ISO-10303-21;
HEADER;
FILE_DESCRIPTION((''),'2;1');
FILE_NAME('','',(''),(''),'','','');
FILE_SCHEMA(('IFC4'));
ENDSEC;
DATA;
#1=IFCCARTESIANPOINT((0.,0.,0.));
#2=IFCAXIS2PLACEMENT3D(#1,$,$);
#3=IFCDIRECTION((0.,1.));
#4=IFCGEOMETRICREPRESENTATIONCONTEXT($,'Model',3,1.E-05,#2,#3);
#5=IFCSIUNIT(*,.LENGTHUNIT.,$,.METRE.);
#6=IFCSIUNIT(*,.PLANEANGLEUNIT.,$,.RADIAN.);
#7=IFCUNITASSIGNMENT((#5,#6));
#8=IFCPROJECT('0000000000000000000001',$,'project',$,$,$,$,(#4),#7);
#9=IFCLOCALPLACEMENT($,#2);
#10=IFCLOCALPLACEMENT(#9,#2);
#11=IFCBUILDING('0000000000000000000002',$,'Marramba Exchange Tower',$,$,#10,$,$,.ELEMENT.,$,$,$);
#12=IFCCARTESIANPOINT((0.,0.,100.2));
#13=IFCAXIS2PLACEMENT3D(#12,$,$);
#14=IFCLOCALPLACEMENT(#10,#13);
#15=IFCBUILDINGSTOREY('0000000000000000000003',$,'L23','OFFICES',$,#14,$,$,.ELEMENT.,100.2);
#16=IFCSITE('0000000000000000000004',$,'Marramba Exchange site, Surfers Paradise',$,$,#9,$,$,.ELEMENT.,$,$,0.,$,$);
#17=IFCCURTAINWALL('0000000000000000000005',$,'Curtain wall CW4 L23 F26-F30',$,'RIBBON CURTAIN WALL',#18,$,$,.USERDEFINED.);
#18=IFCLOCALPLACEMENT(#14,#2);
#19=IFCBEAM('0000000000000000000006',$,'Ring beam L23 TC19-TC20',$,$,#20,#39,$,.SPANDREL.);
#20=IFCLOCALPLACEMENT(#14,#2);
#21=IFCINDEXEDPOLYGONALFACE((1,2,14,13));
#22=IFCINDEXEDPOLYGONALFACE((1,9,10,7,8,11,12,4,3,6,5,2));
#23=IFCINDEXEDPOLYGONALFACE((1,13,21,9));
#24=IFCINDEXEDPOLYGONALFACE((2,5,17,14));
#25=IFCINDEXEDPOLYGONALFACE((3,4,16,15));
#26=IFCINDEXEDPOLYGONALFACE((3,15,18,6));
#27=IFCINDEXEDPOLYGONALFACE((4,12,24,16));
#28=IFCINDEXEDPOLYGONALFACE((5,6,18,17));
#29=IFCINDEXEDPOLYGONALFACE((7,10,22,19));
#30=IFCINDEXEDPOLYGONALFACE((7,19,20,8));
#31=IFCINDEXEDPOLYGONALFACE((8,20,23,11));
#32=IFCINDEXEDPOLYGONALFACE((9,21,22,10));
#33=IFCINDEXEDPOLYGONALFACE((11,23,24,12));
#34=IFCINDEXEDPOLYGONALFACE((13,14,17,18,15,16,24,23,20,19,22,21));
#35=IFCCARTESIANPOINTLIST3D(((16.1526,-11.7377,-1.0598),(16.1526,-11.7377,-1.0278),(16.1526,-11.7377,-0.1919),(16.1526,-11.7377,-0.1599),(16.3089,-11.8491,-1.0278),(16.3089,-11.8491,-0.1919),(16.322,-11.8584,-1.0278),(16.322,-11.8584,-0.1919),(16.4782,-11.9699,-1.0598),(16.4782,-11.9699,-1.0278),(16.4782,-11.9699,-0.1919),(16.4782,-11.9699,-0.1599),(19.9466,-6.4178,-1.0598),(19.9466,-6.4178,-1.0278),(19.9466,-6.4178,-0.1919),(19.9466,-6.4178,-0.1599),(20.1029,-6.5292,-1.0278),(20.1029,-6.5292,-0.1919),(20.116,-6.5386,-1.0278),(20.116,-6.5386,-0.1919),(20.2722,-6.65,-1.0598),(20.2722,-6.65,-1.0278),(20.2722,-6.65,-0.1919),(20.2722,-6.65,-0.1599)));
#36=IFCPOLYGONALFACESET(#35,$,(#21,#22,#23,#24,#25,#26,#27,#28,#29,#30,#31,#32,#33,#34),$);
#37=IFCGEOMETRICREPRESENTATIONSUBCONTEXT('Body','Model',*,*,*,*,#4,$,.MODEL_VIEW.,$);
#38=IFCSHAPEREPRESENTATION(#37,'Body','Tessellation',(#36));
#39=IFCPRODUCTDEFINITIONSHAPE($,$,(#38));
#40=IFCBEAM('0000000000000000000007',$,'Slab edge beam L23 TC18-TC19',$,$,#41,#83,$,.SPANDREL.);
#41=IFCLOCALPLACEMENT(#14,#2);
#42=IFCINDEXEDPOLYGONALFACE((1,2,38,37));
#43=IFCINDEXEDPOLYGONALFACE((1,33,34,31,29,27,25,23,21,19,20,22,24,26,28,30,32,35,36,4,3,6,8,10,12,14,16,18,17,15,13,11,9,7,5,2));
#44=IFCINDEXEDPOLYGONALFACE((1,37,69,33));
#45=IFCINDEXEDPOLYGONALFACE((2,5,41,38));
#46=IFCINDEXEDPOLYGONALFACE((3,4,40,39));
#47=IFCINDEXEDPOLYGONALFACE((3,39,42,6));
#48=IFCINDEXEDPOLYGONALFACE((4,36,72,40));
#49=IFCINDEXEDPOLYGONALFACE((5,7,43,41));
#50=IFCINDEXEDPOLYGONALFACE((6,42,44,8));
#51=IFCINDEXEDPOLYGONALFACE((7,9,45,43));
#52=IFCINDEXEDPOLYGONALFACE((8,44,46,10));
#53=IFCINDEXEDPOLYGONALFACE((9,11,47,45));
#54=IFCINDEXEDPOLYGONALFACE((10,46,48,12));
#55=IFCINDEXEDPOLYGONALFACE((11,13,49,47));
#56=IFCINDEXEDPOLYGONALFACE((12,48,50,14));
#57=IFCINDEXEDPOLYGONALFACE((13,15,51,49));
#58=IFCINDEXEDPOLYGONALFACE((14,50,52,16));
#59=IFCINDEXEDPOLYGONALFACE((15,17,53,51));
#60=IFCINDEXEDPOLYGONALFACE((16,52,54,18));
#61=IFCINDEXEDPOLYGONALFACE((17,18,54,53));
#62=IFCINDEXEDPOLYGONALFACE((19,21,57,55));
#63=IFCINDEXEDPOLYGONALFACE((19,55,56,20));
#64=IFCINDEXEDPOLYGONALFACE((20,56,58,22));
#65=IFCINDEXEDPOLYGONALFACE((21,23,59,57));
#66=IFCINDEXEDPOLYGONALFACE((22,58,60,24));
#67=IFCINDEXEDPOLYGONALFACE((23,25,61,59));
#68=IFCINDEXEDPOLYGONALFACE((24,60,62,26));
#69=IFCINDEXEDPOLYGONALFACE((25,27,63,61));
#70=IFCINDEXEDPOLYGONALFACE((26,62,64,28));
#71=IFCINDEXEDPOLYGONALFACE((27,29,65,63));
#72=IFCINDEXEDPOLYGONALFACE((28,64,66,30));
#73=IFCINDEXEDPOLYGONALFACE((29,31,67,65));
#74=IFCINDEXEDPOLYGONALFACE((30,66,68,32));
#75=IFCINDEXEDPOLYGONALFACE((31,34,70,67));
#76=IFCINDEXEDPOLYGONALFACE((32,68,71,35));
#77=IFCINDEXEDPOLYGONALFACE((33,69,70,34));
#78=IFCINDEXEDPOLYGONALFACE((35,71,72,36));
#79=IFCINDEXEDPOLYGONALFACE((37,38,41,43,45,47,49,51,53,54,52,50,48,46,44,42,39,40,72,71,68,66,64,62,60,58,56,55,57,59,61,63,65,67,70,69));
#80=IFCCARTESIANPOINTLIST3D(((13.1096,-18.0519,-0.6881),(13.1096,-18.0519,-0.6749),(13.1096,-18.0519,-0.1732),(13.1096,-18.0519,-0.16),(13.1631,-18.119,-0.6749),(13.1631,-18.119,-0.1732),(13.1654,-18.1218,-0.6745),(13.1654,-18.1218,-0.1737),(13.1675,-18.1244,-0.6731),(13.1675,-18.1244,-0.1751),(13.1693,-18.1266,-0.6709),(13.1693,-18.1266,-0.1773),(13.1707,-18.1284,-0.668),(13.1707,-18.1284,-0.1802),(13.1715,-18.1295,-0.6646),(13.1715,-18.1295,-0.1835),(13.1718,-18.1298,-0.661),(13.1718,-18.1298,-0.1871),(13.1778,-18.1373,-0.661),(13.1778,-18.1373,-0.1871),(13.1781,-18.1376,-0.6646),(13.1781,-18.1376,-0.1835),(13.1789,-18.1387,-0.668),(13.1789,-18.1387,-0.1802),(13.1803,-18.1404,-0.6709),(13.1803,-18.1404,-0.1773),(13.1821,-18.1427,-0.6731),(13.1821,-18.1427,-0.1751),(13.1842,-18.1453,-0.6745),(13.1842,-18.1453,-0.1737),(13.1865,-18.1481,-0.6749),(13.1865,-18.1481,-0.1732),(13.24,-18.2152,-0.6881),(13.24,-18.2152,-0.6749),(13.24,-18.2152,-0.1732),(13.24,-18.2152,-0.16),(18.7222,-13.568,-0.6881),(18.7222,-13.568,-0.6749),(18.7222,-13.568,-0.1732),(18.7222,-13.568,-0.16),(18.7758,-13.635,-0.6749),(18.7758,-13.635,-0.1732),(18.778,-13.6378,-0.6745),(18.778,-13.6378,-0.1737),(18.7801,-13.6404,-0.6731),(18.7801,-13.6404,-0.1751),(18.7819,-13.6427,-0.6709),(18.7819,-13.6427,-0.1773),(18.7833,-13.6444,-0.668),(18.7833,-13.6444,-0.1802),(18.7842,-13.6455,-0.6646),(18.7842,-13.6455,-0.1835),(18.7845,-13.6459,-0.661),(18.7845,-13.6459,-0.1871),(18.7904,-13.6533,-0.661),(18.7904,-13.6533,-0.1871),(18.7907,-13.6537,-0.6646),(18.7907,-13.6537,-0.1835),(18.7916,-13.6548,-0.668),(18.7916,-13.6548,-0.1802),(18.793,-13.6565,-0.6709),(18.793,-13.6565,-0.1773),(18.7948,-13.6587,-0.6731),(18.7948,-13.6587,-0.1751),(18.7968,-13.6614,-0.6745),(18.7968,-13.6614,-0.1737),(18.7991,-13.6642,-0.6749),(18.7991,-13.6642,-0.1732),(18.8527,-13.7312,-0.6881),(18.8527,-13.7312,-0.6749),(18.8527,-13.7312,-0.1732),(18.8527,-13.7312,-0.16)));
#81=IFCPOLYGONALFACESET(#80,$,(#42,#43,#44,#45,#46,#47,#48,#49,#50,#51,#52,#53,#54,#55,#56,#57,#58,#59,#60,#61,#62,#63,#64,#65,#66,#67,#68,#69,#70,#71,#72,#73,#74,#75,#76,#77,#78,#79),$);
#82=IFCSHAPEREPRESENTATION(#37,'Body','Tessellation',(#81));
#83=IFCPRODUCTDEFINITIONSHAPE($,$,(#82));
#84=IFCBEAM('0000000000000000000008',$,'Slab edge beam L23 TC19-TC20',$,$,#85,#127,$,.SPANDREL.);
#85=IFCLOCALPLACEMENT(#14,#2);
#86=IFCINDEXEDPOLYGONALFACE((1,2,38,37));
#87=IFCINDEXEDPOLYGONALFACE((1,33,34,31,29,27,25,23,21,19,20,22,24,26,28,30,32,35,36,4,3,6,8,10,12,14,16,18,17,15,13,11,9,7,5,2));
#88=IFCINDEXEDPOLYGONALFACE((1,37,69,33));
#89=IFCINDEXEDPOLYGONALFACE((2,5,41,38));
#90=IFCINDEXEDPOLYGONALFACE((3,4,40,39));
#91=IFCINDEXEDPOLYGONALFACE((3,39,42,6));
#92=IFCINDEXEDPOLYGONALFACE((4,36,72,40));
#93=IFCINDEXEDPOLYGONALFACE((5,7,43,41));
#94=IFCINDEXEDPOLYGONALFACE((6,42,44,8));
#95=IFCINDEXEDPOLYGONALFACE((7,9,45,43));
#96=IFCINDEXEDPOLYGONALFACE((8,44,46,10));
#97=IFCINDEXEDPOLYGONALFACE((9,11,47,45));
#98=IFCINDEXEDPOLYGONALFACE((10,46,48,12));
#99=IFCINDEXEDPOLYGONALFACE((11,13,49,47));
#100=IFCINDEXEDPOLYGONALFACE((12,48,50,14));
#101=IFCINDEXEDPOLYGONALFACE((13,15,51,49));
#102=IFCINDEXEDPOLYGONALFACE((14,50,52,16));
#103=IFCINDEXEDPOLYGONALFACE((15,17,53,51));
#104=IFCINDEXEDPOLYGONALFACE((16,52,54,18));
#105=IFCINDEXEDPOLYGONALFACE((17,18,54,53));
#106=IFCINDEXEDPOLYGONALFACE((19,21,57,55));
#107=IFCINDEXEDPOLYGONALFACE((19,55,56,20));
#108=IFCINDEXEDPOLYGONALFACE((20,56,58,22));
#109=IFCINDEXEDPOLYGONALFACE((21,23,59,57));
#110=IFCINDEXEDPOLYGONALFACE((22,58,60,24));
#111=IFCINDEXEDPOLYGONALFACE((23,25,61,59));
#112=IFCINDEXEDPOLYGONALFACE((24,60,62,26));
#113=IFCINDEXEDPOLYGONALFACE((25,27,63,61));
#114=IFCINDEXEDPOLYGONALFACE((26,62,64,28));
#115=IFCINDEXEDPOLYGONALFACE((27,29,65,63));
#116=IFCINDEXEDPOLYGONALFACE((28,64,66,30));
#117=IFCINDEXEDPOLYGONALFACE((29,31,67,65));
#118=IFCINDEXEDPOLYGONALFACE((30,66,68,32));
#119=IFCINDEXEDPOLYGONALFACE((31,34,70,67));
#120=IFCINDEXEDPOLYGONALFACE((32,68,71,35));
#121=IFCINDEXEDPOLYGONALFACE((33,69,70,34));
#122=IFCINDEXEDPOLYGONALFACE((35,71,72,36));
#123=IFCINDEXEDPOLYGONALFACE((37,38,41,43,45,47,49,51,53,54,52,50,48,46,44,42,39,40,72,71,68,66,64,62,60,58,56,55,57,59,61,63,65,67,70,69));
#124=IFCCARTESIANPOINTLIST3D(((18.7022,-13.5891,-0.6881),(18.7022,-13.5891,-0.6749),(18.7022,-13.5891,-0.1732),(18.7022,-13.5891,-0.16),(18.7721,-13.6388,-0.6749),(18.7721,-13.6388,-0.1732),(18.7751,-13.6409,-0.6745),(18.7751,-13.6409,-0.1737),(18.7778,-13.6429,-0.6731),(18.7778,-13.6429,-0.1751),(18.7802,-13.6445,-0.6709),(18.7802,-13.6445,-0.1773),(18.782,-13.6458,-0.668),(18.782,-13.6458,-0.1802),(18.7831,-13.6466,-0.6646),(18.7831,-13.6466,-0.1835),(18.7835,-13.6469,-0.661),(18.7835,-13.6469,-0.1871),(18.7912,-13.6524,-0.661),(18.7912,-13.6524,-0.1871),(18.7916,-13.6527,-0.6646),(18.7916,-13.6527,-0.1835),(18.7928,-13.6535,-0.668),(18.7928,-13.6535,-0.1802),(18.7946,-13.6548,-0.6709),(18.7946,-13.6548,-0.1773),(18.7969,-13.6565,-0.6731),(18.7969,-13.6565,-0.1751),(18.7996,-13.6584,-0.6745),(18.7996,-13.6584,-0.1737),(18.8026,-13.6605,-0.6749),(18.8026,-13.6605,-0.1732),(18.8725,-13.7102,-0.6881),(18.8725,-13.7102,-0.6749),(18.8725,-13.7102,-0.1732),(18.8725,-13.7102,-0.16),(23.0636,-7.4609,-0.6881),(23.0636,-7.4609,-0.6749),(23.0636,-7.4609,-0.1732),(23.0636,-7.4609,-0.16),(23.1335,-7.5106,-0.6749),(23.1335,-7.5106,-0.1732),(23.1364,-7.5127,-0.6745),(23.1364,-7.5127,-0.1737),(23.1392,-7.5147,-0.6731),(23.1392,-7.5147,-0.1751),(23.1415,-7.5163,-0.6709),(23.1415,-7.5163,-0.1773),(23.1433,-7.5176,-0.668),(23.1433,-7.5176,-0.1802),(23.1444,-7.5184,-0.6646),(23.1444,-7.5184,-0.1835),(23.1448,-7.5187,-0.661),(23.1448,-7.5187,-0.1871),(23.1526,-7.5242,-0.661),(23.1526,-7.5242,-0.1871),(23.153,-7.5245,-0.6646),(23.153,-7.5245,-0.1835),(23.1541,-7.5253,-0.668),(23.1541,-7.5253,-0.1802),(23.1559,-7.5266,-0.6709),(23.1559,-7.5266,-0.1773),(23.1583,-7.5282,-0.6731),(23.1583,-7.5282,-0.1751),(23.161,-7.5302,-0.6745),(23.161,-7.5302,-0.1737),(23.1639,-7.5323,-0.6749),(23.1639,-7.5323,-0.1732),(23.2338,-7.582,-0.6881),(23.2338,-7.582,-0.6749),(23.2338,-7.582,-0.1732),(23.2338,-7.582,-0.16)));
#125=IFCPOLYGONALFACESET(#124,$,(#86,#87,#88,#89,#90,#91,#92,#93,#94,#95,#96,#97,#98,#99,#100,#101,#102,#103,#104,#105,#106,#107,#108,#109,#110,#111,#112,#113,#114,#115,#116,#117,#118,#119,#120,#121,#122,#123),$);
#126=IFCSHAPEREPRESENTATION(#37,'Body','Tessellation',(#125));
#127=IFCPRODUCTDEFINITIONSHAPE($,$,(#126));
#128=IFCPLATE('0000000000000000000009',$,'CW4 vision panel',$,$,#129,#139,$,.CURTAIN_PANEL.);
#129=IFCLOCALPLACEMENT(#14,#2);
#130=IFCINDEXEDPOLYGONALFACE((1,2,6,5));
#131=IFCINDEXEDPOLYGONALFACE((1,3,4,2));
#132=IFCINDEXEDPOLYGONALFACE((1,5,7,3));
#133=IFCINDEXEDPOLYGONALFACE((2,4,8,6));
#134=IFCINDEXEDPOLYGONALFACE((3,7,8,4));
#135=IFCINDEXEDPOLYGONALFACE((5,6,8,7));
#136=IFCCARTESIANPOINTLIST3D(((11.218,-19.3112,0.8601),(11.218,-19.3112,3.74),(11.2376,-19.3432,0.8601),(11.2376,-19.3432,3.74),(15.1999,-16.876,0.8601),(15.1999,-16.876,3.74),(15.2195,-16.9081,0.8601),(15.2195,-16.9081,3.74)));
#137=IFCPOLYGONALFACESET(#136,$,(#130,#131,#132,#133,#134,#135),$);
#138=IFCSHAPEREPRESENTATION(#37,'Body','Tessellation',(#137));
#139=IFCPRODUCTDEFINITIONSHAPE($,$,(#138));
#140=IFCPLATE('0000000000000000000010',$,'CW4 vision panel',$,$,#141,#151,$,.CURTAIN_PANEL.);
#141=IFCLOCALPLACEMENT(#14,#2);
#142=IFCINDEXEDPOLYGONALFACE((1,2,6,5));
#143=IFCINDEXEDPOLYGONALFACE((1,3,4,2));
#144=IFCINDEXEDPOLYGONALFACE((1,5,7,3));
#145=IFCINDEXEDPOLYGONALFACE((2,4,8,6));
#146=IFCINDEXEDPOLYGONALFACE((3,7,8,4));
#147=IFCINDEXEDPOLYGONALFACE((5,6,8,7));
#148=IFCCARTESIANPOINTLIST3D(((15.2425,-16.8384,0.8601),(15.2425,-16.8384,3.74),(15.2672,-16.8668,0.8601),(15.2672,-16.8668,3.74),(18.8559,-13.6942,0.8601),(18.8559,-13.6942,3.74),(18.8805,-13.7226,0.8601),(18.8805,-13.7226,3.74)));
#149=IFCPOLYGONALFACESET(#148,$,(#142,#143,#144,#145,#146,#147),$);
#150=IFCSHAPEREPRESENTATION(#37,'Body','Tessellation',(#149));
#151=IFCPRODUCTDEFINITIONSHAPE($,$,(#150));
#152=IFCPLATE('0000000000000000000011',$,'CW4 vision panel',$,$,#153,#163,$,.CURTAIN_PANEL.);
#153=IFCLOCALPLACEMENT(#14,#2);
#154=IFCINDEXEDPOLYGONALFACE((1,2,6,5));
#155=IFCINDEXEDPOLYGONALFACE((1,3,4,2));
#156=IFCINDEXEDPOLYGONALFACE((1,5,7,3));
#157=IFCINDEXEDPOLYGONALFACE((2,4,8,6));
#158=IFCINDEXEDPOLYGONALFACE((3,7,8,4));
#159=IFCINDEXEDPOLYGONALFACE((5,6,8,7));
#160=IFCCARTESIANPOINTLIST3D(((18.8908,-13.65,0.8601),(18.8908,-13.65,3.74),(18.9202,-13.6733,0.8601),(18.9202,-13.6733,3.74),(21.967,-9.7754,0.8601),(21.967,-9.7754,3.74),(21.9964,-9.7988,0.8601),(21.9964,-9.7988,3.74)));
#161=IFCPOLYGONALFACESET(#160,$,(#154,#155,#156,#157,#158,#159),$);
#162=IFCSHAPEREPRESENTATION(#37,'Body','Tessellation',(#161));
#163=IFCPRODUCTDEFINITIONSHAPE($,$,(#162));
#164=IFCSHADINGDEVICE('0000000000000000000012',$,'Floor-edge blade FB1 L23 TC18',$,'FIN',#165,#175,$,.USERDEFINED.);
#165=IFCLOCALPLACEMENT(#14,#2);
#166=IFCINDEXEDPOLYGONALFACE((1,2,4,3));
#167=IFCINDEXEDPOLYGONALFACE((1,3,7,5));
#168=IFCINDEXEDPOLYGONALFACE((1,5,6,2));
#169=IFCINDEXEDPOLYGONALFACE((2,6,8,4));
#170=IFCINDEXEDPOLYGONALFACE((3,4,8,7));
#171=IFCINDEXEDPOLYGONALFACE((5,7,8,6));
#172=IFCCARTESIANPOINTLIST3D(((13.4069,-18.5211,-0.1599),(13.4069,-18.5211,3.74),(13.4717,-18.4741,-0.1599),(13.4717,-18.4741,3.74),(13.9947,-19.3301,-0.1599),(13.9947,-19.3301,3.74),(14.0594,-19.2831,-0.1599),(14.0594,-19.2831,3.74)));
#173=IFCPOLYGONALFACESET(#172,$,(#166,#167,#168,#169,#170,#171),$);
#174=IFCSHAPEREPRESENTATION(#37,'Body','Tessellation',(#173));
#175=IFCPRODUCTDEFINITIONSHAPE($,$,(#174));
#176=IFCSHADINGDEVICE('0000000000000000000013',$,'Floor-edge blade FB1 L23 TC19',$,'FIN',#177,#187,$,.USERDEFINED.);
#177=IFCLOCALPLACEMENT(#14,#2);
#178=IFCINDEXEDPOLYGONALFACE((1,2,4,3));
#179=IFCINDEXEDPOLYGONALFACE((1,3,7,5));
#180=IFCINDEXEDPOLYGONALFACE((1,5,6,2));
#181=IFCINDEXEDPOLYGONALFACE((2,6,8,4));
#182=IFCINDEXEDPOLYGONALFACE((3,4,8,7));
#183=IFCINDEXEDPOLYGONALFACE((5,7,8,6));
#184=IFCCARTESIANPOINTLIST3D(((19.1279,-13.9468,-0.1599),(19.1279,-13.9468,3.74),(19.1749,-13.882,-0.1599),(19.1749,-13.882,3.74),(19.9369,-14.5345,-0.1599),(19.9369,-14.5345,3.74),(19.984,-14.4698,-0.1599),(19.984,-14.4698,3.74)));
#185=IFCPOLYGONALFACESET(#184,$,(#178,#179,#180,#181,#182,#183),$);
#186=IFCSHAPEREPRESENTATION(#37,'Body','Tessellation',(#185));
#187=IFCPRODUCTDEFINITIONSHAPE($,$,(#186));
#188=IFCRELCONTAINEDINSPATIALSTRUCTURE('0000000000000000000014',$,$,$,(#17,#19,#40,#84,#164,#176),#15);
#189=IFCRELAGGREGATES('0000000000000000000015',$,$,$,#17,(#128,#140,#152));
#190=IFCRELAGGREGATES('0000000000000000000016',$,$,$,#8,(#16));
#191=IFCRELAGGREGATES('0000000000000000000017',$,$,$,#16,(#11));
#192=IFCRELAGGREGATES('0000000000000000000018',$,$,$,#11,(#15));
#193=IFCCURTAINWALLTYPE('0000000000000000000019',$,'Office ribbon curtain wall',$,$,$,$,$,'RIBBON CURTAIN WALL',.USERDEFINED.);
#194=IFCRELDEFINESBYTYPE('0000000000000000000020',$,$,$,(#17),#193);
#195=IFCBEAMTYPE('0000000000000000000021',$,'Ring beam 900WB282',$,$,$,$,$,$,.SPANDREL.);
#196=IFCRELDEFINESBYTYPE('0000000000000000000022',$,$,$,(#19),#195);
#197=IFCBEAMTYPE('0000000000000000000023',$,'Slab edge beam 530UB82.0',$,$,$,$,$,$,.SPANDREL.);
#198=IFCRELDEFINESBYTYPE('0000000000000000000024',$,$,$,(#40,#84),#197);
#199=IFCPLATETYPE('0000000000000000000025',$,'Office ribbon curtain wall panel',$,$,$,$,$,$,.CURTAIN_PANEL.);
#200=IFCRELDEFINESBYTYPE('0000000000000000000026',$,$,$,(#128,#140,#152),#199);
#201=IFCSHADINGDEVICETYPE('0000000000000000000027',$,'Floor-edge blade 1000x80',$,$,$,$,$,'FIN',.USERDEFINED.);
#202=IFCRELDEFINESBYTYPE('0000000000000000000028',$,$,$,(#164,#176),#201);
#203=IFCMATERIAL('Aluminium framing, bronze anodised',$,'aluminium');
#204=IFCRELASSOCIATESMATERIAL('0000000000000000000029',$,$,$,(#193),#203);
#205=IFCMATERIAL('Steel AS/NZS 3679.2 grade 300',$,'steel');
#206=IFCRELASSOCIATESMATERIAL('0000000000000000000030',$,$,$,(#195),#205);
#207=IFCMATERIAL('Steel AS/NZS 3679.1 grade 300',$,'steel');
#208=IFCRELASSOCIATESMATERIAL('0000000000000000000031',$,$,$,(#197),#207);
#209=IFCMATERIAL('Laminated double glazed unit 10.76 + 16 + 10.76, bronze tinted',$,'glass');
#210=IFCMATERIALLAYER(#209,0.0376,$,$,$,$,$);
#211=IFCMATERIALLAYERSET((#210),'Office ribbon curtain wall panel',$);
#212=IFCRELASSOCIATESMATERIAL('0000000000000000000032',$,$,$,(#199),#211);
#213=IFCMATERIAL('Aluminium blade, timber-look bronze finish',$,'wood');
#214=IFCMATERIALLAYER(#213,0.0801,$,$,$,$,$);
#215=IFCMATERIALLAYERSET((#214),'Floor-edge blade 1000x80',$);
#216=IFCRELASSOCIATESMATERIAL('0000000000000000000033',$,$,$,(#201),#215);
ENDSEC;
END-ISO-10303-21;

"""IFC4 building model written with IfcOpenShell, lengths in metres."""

from ifc_helpers import new_model, si_unit, direction, frame, origin, origin_2d, place, context, subcontext, project, spatial, rectangle, i_section, extrude, material, layer, layer_set, material_profile, profile_set, type_object, element, aggregate, save


model = new_model("IFC4")

# Units and contexts
model_context = context("Model", 3, precision=1e-05, world=origin(), true_north=direction((0.0, 1.0)))
body_context = subcontext(model_context, "Body", "Model", "MODEL_VIEW")
ifc_project = project(units=[si_unit("LENGTHUNIT", "METRE"), si_unit("PLANEANGLEUNIT", "RADIAN")], contexts=[model_context])

# Site, building, storey
site_placement = place(None, origin())
site = spatial("IfcSite", under=ifc_project, at=site_placement, Name="Marramba Exchange site, Surfers Paradise", CompositionType="ELEMENT", RefElevation=0.0)
building_placement = place(site_placement, origin())
building = spatial("IfcBuilding", under=site, at=building_placement, Name="Marramba Exchange Tower", CompositionType="ELEMENT")
storey_placement = place(building_placement, frame((0.0, 0.0, 100.2)))
storey = spatial("IfcBuildingStorey", under=building, at=storey_placement, Name="L23", Description="OFFICES", CompositionType="ELEMENT", Elevation=100.2)

# Shared definitions
ifc_material_1 = material(Name="Steel AS/NZS 3679.2 grade 300", Category="steel")

# Curtain wall
ifc_material_2 = material(Name="Aluminium framing, bronze anodised", Category="aluminium")
curtain_wall_type = type_object("IfcCurtainWallType", Name="Office ribbon curtain wall", ElementType="RIBBON CURTAIN WALL", PredefinedType="USERDEFINED", material=ifc_material_2)
curtain_wall_placement = place(storey_placement, origin())
curtain_wall = element("IfcCurtainWall", 1, at=curtain_wall_placement, inside=storey, type_object=curtain_wall_type, Name="Curtain wall CW4 L23 F26-F30", ObjectType="RIBBON CURTAIN WALL", PredefinedType="USERDEFINED")

# Beams
ifc_material_profile_1 = material_profile(ifc_material_1, i_section(OverallWidth=0.3999, OverallDepth=0.8999, WebThickness=0.0161, FlangeThickness=0.032, at=origin_2d()), Name="900WB282")
ifc_profile_set_1 = profile_set([ifc_material_profile_1], Name="Steel AS/NZS 3679.2 grade 300")
beam_type_1 = type_object("IfcBeamType", Name="Ring beam 900WB282", PredefinedType="SPANDREL", material=ifc_profile_set_1)
beam_1_placement = place(storey_placement, frame((16.3154, -11.8538, -0.6099), z_axis=(0.580637, 0.814162, 0.0), x_axis=(-0.814162, 0.580637, 0.0)))
element("IfcBeam", 2, at=beam_1_placement, inside=storey, type_object=beam_type_1, Name="Ring beam L23 TC19-TC20", PredefinedType="SPANDREL", context=body_context, shape_type="SweptSolid", body=[
    extrude(i_section(OverallWidth=0.3999, OverallDepth=0.8999, WebThickness=0.0161, FlangeThickness=0.032, at=origin_2d()), origin(), (0.0, 0.0, 1.0), 6.5342),
])
ifc_material_3 = material(Name="Steel AS/NZS 3679.1 grade 300", Category="steel")
ifc_material_profile_2 = material_profile(ifc_material_3, i_section(OverallWidth=0.209, OverallDepth=0.5281, WebThickness=0.0095, FlangeThickness=0.0132, FilletRadius=0.0139, at=origin_2d()), Name="530UB82.0")
ifc_profile_set_2 = profile_set([ifc_material_profile_2], Name="Steel AS/NZS 3679.1 grade 300")
beam_type_2 = type_object("IfcBeamType", Name="Slab edge beam 530UB82.0", PredefinedType="SPANDREL", material=ifc_profile_set_2)
beam_2_placement = place(storey_placement, frame((13.1748, -18.1335, -0.4241), z_axis=(0.781286, 0.624173, 0.0), x_axis=(-0.624173, 0.781286, 0.0)))
element("IfcBeam", 3, at=beam_2_placement, inside=storey, type_object=beam_type_2, Name="Slab edge beam L23 TC18-TC19", PredefinedType="SPANDREL", context=body_context, shape_type="SweptSolid", body=[
    extrude(i_section(OverallWidth=0.209, OverallDepth=0.5281, WebThickness=0.0095, FlangeThickness=0.0132, FilletRadius=0.0139, at=origin_2d()), origin(), (0.0, 0.0, 1.0), 7.1838),
])
beam_3_placement = place(storey_placement, frame((18.7874, -13.6497, -0.4241), z_axis=(0.579834, 0.814735, 0.0), x_axis=(-0.814735, 0.579834, 0.0)))
element("IfcBeam", 4, at=beam_3_placement, inside=storey, type_object=beam_type_2, Name="Slab edge beam L23 TC19-TC20", PredefinedType="SPANDREL", context=body_context, shape_type="SweptSolid", body=[
    extrude(i_section(OverallWidth=0.209, OverallDepth=0.5281, WebThickness=0.0095, FlangeThickness=0.0132, FilletRadius=0.0139, at=origin_2d()), origin(), (0.0, 0.0, 1.0), 7.5217),
])

# Plates
ifc_material_4 = material(Name="Laminated double glazed unit 10.76 + 16 + 10.76, bronze tinted", Category="glass")
ifc_layer_1 = layer(ifc_material_4, 0.0376)
ifc_layer_set_1 = layer_set([ifc_layer_1], Name="Office ribbon curtain wall panel")
plate_type = type_object("IfcPlateType", Name="Office ribbon curtain wall panel", PredefinedType="CURTAIN_PANEL", material=ifc_layer_set_1)
plate_1_placement = place(storey_placement, frame((13.2188, -18.1096, 0.8601), z_axis=(0.0, 0.0, 1.0), x_axis=(0.853109, 0.521733, 0.0)))
plate_1 = element("IfcPlate", 5, at=plate_1_placement, type_object=plate_type, Name="CW4 vision panel", PredefinedType="CURTAIN_PANEL", context=body_context, shape_type="SweptSolid", body=[
    extrude(rectangle(XDim=4.6675, YDim=0.0376, at=origin_2d()), origin(), (0.0, 0.0, 1.0), 2.8799),
])
plate_2_placement = place(storey_placement, frame((17.0615, -15.2805, 0.8601), z_axis=(0.0, 0.0, 1.0), x_axis=(0.754386, 0.656432, 0.0)))
plate_2 = element("IfcPlate", 6, at=plate_2_placement, type_object=plate_type, Name="CW4 vision panel", PredefinedType="CURTAIN_PANEL", context=body_context, shape_type="SweptSolid", body=[
    extrude(rectangle(XDim=4.7898, YDim=0.0376, at=origin_2d()), origin(), (0.0, 0.0, 1.0), 2.8799),
])
plate_3_placement = place(storey_placement, frame((20.4436, -11.7244, 0.8601), z_axis=(0.0, 0.0, 1.0), x_axis=(0.621807, 0.78317, 0.0)))
plate_3 = element("IfcPlate", 7, at=plate_3_placement, type_object=plate_type, Name="CW4 vision panel", PredefinedType="CURTAIN_PANEL", context=body_context, shape_type="SweptSolid", body=[
    extrude(rectangle(XDim=4.9473, YDim=0.0376, at=origin_2d()), origin(), (0.0, 0.0, 1.0), 2.8799),
])
aggregate(curtain_wall, [plate_1, plate_2, plate_3])

# Shading devices
ifc_material_5 = material(Name="Aluminium blade, timber-look bronze finish", Category="wood")
ifc_layer_2 = layer(ifc_material_5, 0.0801)
ifc_layer_set_2 = layer_set([ifc_layer_2], Name="Floor-edge blade 1000x80")
shading_device_type_1 = type_object("IfcShadingDeviceType", Name="Floor-edge blade 1000x80", ElementType="FIN", PredefinedType="USERDEFINED", material=ifc_layer_set_2)
for number, where, z_axis, x_axis, name in (
    (8, (13.7332, -18.9021, -0.1599), (0.0, 0.0, 1.0), (0.587785, -0.809017, 0.0), "Floor-edge blade FB1 L23 TC18"),
    (9, (19.5559, -14.2083, -0.1599), (0.0, 0.0, 1.0), (0.809017, -0.587785, 0.0), "Floor-edge blade FB1 L23 TC19"),
):
    element("IfcShadingDevice", number, at=place(storey_placement, frame(where, z_axis=z_axis, x_axis=x_axis)), inside=storey, type_object=shading_device_type_1, Name=name, ObjectType="FIN", PredefinedType="USERDEFINED", context=body_context, shape_type="SweptSolid", body=[
        extrude(rectangle(XDim=1.0, YDim=0.0801, at=origin_2d()), origin(), (0.0, 0.0, 1.0), 3.8999),
    ])

save(model, "model.ifc")
